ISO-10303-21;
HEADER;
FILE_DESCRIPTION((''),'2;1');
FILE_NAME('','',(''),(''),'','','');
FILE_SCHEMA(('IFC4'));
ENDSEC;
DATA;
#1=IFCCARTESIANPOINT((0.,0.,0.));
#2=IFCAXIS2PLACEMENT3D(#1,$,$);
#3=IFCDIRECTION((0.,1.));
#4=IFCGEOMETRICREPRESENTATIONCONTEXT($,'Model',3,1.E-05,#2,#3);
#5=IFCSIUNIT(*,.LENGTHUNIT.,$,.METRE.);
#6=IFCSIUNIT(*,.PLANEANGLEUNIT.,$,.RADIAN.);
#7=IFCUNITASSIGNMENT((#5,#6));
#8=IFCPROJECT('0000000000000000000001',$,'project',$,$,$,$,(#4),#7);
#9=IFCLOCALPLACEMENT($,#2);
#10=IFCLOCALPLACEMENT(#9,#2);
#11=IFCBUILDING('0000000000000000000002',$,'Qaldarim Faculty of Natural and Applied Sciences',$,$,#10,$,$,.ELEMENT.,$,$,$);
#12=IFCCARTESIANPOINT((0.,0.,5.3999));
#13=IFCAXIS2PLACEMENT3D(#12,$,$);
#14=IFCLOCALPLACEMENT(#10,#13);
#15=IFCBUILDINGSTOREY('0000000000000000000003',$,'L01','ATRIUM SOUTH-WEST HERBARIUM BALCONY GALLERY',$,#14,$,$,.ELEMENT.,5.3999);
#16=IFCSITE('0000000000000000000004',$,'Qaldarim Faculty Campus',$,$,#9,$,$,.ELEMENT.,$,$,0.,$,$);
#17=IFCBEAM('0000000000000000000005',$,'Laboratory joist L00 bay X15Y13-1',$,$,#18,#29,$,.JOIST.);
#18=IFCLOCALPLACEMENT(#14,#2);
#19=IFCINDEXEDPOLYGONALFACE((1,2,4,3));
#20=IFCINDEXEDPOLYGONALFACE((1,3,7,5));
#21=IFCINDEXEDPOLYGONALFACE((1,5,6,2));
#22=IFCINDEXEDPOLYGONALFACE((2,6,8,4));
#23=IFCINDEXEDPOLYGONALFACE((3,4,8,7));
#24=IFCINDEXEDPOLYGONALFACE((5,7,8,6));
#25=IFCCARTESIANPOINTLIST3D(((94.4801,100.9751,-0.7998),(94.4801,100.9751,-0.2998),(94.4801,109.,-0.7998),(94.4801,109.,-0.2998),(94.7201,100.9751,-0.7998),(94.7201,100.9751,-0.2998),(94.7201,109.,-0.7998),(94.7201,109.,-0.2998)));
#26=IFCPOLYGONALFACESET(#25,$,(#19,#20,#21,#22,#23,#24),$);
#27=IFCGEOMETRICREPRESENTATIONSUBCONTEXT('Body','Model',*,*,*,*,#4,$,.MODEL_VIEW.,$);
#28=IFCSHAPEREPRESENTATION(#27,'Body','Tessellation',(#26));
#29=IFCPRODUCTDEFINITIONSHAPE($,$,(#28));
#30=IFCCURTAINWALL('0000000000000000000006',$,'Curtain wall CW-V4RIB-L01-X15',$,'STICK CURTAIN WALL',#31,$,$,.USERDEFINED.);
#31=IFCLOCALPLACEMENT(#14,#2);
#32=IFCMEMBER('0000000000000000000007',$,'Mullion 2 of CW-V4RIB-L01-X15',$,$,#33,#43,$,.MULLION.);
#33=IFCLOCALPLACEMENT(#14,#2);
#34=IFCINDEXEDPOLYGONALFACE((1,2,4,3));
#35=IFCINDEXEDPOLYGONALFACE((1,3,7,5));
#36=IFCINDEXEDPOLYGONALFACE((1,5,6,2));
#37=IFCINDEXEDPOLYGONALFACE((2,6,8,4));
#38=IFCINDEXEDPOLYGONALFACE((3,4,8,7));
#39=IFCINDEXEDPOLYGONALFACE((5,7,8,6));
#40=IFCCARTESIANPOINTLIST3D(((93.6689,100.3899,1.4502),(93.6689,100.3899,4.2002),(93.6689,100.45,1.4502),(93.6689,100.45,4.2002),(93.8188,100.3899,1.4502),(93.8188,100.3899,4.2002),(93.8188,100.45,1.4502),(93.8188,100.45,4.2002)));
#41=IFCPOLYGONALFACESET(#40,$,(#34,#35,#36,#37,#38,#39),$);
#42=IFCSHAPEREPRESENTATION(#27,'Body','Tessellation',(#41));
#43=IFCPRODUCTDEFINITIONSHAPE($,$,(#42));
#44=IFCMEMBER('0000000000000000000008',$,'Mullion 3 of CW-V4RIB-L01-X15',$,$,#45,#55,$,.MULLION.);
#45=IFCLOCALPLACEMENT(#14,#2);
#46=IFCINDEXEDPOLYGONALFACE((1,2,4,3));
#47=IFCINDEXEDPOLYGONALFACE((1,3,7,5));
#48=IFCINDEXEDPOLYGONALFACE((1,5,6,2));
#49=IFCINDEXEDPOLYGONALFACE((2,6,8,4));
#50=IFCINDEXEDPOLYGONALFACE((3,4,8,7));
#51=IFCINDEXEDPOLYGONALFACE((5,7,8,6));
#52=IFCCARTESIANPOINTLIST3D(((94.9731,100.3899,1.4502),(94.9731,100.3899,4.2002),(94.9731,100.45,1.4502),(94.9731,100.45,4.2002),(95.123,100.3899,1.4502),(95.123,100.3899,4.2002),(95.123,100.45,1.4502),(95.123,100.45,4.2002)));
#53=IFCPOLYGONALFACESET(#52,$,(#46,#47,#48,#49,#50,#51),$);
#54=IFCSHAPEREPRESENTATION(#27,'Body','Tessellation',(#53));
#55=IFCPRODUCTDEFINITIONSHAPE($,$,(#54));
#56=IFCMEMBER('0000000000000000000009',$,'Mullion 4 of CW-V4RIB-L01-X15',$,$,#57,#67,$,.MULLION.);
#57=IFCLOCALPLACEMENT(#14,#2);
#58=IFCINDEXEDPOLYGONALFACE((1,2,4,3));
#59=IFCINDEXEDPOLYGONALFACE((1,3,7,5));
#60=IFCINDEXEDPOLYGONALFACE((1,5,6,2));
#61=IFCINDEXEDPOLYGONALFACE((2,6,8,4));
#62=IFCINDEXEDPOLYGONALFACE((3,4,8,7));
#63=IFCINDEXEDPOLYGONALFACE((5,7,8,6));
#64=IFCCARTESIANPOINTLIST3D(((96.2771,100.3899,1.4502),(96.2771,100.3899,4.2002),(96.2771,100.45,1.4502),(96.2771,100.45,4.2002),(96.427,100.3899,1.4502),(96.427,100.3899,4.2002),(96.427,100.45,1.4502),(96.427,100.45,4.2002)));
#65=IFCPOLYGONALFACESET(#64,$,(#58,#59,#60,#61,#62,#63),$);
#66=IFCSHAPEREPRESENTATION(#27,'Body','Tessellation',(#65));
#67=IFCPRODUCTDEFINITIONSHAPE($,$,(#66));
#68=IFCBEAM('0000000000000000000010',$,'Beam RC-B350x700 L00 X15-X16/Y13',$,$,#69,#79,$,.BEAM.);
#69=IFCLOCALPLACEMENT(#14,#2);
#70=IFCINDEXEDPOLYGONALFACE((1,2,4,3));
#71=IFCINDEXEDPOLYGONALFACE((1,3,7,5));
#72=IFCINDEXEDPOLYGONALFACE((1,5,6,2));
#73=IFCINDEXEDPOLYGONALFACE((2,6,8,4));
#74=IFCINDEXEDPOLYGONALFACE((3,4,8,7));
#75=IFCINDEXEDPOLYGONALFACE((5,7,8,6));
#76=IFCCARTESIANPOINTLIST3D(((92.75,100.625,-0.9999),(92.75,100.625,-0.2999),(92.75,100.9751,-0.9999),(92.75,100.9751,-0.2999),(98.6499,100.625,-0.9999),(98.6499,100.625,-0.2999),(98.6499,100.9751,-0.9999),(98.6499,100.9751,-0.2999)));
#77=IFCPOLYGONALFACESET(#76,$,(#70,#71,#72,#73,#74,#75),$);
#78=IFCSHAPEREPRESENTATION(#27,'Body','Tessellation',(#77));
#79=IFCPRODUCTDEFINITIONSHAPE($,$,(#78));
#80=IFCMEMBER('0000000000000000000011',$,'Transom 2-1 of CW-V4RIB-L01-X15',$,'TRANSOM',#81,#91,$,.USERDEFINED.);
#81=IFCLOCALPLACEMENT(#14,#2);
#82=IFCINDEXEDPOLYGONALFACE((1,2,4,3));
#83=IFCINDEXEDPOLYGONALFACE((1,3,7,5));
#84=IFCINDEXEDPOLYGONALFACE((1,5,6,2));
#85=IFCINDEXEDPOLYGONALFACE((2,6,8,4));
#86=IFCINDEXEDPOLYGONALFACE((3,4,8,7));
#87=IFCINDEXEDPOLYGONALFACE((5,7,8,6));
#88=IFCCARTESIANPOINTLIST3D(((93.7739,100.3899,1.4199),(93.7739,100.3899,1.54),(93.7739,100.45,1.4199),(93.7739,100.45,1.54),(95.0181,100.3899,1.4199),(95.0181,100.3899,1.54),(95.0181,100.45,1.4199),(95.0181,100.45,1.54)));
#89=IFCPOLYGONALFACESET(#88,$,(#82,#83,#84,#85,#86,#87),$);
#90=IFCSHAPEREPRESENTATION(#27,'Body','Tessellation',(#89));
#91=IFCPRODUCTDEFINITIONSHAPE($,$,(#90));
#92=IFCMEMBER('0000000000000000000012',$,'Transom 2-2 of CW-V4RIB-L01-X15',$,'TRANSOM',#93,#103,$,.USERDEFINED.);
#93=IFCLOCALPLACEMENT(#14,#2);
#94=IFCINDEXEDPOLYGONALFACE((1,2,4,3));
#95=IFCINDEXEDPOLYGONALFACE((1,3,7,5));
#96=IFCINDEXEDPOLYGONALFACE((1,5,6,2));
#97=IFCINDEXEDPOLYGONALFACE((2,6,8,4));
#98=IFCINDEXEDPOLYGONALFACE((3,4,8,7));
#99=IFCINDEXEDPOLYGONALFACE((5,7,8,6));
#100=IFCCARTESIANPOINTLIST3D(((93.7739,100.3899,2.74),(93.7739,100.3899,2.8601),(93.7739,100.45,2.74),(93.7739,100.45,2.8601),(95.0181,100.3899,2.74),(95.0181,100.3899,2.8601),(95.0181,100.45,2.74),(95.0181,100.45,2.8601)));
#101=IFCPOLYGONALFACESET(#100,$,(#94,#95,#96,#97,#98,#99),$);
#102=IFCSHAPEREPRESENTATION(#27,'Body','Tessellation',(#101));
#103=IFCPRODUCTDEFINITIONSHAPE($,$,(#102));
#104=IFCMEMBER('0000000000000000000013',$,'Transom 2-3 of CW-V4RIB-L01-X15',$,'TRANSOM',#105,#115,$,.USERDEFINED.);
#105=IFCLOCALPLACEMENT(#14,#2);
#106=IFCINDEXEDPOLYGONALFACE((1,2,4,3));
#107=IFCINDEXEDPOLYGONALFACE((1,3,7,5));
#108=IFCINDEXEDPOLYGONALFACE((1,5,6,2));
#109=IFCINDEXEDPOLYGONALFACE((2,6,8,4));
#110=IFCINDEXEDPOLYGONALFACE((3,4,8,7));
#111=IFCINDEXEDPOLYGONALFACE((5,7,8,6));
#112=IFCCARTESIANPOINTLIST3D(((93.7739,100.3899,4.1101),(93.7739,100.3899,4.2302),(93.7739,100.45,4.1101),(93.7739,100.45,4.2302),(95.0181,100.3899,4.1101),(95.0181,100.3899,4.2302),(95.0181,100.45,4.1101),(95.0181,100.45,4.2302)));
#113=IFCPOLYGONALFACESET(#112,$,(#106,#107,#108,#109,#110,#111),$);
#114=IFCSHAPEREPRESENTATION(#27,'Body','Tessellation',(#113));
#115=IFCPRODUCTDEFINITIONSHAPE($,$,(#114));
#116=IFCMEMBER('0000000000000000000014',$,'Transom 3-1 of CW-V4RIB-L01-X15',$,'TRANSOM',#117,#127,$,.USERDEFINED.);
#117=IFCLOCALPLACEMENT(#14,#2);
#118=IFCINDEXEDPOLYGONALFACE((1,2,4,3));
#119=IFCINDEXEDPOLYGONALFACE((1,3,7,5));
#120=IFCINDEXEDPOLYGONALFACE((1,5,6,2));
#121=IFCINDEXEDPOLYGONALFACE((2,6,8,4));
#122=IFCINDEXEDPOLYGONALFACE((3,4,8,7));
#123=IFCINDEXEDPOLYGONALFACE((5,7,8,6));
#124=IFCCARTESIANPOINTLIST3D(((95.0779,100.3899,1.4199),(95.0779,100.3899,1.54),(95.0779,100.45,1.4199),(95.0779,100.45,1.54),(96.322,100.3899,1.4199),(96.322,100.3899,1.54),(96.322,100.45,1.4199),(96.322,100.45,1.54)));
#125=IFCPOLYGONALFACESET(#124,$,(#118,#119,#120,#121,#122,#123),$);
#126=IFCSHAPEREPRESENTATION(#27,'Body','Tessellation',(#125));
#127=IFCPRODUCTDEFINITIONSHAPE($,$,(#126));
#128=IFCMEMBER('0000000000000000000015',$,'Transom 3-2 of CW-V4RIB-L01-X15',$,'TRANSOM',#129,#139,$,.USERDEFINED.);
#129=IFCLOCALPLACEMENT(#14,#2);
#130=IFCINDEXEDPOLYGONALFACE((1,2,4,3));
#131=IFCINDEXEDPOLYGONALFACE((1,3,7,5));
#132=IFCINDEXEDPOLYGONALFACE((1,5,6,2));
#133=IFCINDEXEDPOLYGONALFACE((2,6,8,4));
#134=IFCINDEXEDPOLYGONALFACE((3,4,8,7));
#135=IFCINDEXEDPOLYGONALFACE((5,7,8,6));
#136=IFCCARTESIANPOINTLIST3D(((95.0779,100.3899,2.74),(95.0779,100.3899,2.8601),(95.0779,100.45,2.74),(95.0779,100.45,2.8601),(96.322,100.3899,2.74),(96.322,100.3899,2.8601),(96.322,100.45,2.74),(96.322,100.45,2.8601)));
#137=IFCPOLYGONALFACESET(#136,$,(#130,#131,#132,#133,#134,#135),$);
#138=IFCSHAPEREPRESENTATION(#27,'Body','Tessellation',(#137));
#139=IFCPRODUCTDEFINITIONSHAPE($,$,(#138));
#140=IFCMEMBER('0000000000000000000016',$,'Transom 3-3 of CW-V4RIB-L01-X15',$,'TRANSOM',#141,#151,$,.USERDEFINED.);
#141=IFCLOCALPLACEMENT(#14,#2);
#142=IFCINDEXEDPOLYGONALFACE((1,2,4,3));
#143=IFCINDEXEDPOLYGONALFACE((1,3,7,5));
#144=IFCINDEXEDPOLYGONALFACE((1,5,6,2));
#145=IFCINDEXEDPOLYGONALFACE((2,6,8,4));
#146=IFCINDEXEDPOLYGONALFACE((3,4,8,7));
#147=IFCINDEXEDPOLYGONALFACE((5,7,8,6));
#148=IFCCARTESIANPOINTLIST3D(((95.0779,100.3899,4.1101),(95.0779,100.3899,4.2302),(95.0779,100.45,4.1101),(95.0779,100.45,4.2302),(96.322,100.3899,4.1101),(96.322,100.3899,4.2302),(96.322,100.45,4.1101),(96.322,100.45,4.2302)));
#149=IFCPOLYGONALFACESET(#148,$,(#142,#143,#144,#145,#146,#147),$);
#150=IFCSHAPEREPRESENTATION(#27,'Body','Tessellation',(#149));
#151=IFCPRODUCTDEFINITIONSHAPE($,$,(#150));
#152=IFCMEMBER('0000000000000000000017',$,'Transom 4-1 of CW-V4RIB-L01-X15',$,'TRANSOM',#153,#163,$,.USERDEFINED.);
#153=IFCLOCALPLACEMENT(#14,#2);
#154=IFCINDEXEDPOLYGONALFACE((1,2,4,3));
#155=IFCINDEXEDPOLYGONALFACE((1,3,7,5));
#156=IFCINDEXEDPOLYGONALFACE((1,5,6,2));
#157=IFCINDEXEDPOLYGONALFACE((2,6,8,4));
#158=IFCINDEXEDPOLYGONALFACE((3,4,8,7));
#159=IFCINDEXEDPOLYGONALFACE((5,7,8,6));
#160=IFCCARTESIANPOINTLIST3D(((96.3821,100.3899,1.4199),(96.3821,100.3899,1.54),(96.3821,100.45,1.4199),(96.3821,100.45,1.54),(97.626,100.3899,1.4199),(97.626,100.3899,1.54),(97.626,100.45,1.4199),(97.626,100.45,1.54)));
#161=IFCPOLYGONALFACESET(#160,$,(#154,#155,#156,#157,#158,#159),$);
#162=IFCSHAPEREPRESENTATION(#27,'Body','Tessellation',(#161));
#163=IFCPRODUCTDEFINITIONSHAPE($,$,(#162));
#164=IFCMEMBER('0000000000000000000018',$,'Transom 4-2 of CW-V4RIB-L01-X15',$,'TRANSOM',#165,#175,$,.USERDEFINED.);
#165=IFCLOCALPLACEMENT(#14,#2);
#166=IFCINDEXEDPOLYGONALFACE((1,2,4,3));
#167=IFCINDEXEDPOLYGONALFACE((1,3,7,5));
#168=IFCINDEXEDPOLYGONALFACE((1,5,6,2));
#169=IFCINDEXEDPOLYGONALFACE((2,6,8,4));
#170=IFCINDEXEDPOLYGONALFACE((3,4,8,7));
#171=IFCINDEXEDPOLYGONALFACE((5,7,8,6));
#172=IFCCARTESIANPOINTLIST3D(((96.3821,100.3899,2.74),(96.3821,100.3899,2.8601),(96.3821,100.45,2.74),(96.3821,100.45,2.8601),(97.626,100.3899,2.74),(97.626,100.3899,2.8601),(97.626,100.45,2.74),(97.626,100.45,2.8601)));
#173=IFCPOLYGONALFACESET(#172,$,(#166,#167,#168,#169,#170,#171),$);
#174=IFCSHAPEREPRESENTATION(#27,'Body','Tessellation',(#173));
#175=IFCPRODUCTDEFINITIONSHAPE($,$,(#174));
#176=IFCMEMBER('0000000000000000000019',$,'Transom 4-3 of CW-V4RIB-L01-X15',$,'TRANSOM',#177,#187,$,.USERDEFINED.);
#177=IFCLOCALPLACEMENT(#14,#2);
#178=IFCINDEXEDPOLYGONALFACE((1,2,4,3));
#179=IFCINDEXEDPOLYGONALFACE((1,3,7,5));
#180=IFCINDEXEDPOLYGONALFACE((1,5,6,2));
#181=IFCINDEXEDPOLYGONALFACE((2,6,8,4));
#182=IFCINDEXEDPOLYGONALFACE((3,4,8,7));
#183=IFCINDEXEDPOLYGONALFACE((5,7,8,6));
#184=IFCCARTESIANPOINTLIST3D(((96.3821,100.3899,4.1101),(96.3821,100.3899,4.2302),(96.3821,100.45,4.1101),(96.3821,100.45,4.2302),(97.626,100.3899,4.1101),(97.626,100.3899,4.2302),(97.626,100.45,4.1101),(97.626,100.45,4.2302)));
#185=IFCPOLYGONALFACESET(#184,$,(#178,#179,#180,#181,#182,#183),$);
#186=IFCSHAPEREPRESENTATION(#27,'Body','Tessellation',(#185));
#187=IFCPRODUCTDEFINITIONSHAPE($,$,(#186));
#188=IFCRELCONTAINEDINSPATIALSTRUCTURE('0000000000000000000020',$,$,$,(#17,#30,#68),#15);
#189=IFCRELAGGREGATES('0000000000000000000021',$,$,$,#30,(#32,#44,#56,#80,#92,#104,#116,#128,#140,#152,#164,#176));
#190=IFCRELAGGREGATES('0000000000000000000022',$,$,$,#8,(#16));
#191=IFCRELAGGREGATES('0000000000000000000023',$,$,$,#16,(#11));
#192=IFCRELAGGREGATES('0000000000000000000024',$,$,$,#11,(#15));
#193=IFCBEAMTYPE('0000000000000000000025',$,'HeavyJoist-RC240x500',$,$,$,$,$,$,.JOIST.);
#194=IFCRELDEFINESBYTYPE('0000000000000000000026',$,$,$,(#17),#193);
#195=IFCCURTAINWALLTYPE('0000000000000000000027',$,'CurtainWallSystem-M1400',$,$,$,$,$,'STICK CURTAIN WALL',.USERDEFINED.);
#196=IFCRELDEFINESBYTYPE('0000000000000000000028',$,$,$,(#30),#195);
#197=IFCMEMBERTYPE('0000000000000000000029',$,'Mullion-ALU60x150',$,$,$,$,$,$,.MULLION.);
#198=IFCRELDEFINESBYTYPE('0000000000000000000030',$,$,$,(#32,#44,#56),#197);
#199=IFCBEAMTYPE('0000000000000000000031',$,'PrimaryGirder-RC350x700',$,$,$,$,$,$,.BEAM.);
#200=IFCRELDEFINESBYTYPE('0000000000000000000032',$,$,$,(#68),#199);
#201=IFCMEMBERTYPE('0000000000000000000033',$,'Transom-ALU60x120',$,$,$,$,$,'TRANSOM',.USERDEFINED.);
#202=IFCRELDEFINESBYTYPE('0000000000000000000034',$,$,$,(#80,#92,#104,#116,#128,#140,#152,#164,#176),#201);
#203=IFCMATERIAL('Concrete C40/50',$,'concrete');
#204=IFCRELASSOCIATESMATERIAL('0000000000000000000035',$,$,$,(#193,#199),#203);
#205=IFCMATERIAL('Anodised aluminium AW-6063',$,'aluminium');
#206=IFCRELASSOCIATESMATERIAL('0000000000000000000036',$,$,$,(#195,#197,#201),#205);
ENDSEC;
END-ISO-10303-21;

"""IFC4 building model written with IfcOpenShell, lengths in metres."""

from ifc_helpers import new_model, si_unit, direction, frame, origin, origin_2d, place, context, subcontext, project, spatial, rectangle, extrude, material, material_profile, profile_set, type_object, element, aggregate, save


model = new_model("IFC4")

# Units and contexts
model_context = context("Model", 3, precision=1e-05, world=origin(), true_north=direction((0.0, 1.0)))
body_context = subcontext(model_context, "Body", "Model", "MODEL_VIEW")
ifc_project = project(units=[si_unit("LENGTHUNIT", "METRE"), si_unit("PLANEANGLEUNIT", "RADIAN")], contexts=[model_context])

# Site, building, storey
site_placement = place(None, origin())
site = spatial("IfcSite", under=ifc_project, at=site_placement, Name="Qaldarim Faculty Campus", CompositionType="ELEMENT", RefElevation=0.0)
building_placement = place(site_placement, origin())
building = spatial("IfcBuilding", under=site, at=building_placement, Name="Qaldarim Faculty of Natural and Applied Sciences", CompositionType="ELEMENT")
storey_placement = place(building_placement, frame((0.0, 0.0, 5.3999)))
storey = spatial("IfcBuildingStorey", under=building, at=storey_placement, Name="L01", Description="ATRIUM SOUTH-WEST HERBARIUM BALCONY GALLERY", CompositionType="ELEMENT", Elevation=5.3999)

# Beam
ifc_material_1 = material(Name="Concrete C40/50", Category="concrete")
ifc_material_profile_1 = material_profile(ifc_material_1, rectangle(XDim=0.24, YDim=0.5, at=origin_2d()), Name="RC-J240x500")
ifc_profile_set_1 = profile_set([ifc_material_profile_1], Name="Concrete C40/50")
beam_type_1 = type_object("IfcBeamType", Name="HeavyJoist-RC240x500", PredefinedType="JOIST", material=ifc_profile_set_1)
beam_1_placement = place(storey_placement, frame((94.6001, 100.9751, -0.5498), z_axis=(0.0, 1.0, 0.0), x_axis=(-1.0, 0.0, 0.0)))
element("IfcBeam", 1, at=beam_1_placement, inside=storey, type_object=beam_type_1, Name="Laboratory joist L00 bay X15Y13-1", PredefinedType="JOIST", context=body_context, shape_type="SweptSolid", body=[
    extrude(rectangle(XDim=0.24, YDim=0.5, at=origin_2d()), origin(), (0.0, 0.0, 1.0), 8.0249),
])

# Curtain wall, members
ifc_material_2 = material(Name="Anodised aluminium AW-6063", Category="aluminium")
curtain_wall_type = type_object("IfcCurtainWallType", Name="CurtainWallSystem-M1400", ElementType="STICK CURTAIN WALL", PredefinedType="USERDEFINED", material=ifc_material_2)
curtain_wall_placement = place(storey_placement, origin())
curtain_wall = element("IfcCurtainWall", 2, at=curtain_wall_placement, inside=storey, type_object=curtain_wall_type, Name="Curtain wall CW-V4RIB-L01-X15", ObjectType="STICK CURTAIN WALL", PredefinedType="USERDEFINED")
ifc_material_profile_2 = material_profile(ifc_material_2, rectangle(XDim=0.0601, YDim=0.1499, at=origin_2d()), Name="ALU-M60x150")
ifc_profile_set_2 = profile_set([ifc_material_profile_2], Name="Anodised aluminium AW-6063")
member_type_1 = type_object("IfcMemberType", Name="Mullion-ALU60x150", PredefinedType="MULLION", material=ifc_profile_set_2)
member_1_placement = place(storey_placement, frame((93.7439, 100.4199, 1.4502), z_axis=(0.0, 0.0, 1.0), x_axis=(0.0, 1.0, 0.0)))
member_1 = element("IfcMember", 3, at=member_1_placement, type_object=member_type_1, Name="Mullion 2 of CW-V4RIB-L01-X15", PredefinedType="MULLION", context=body_context, shape_type="SweptSolid", body=[
    extrude(rectangle(XDim=0.0601, YDim=0.1499, at=origin_2d()), origin(), (0.0, 0.0, 1.0), 2.75),
])
member_2_placement = place(storey_placement, frame((95.0481, 100.4199, 1.4502), z_axis=(0.0, 0.0, 1.0), x_axis=(0.0, 1.0, 0.0)))
member_2 = element("IfcMember", 4, at=member_2_placement, type_object=member_type_1, Name="Mullion 3 of CW-V4RIB-L01-X15", PredefinedType="MULLION", context=body_context, shape_type="SweptSolid", body=[
    extrude(rectangle(XDim=0.0601, YDim=0.1499, at=origin_2d()), origin(), (0.0, 0.0, 1.0), 2.75),
])
member_3_placement = place(storey_placement, frame((96.3521, 100.4199, 1.4502), z_axis=(0.0, 0.0, 1.0), x_axis=(0.0, 1.0, 0.0)))
member_3 = element("IfcMember", 5, at=member_3_placement, type_object=member_type_1, Name="Mullion 4 of CW-V4RIB-L01-X15", PredefinedType="MULLION", context=body_context, shape_type="SweptSolid", body=[
    extrude(rectangle(XDim=0.0601, YDim=0.1499, at=origin_2d()), origin(), (0.0, 0.0, 1.0), 2.75),
])

# Beam
ifc_material_profile_3 = material_profile(ifc_material_1, rectangle(XDim=0.3501, YDim=0.7, at=origin_2d()), Name="RC-B350x700")
ifc_profile_set_3 = profile_set([ifc_material_profile_3], Name="Concrete C40/50")
beam_type_2 = type_object("IfcBeamType", Name="PrimaryGirder-RC350x700", PredefinedType="BEAM", material=ifc_profile_set_3)
beam_2_placement = place(storey_placement, frame((92.75, 100.8, -0.6499), z_axis=(1.0, 0.0, 0.0), x_axis=(0.0, 1.0, 0.0)))
element("IfcBeam", 6, at=beam_2_placement, inside=storey, type_object=beam_type_2, Name="Beam RC-B350x700 L00 X15-X16/Y13", PredefinedType="BEAM", context=body_context, shape_type="SweptSolid", body=[
    extrude(rectangle(XDim=0.3501, YDim=0.7, at=origin_2d()), origin(), (0.0, 0.0, 1.0), 5.8999),
])

# Members
ifc_material_profile_4 = material_profile(ifc_material_2, rectangle(XDim=0.0601, YDim=0.1201, at=origin_2d()), Name="ALU-T60x120")
ifc_profile_set_4 = profile_set([ifc_material_profile_4], Name="Anodised aluminium AW-6063")
member_type_2 = type_object("IfcMemberType", Name="Transom-ALU60x120", ElementType="TRANSOM", PredefinedType="USERDEFINED", material=ifc_profile_set_4)
member_4_placement = place(storey_placement, frame((93.7739, 100.4199, 1.48), z_axis=(1.0, 0.0, 0.0), x_axis=(0.0, 1.0, 0.0)))
member_4 = element("IfcMember", 7, at=member_4_placement, type_object=member_type_2, Name="Transom 2-1 of CW-V4RIB-L01-X15", ObjectType="TRANSOM", PredefinedType="USERDEFINED", context=body_context, shape_type="SweptSolid", body=[
    extrude(rectangle(XDim=0.0601, YDim=0.1201, at=origin_2d()), origin(), (0.0, 0.0, 1.0), 1.2441),
])
member_5_placement = place(storey_placement, frame((93.7739, 100.4199, 2.8), z_axis=(1.0, 0.0, 0.0), x_axis=(0.0, 1.0, 0.0)))
member_5 = element("IfcMember", 8, at=member_5_placement, type_object=member_type_2, Name="Transom 2-2 of CW-V4RIB-L01-X15", ObjectType="TRANSOM", PredefinedType="USERDEFINED", context=body_context, shape_type="SweptSolid", body=[
    extrude(rectangle(XDim=0.0601, YDim=0.1201, at=origin_2d()), origin(), (0.0, 0.0, 1.0), 1.2441),
])
member_6_placement = place(storey_placement, frame((93.7739, 100.4199, 4.1702), z_axis=(1.0, 0.0, 0.0), x_axis=(0.0, 1.0, 0.0)))
member_6 = element("IfcMember", 9, at=member_6_placement, type_object=member_type_2, Name="Transom 2-3 of CW-V4RIB-L01-X15", ObjectType="TRANSOM", PredefinedType="USERDEFINED", context=body_context, shape_type="SweptSolid", body=[
    extrude(rectangle(XDim=0.0601, YDim=0.1201, at=origin_2d()), origin(), (0.0, 0.0, 1.0), 1.2441),
])
member_7_placement = place(storey_placement, frame((95.0779, 100.4199, 1.48), z_axis=(1.0, 0.0, 0.0), x_axis=(0.0, 1.0, 0.0)))
member_7 = element("IfcMember", 10, at=member_7_placement, type_object=member_type_2, Name="Transom 3-1 of CW-V4RIB-L01-X15", ObjectType="TRANSOM", PredefinedType="USERDEFINED", context=body_context, shape_type="SweptSolid", body=[
    extrude(rectangle(XDim=0.0601, YDim=0.1201, at=origin_2d()), origin(), (0.0, 0.0, 1.0), 1.2441),
])
member_8_placement = place(storey_placement, frame((95.0779, 100.4199, 2.8), z_axis=(1.0, 0.0, 0.0), x_axis=(0.0, 1.0, 0.0)))
member_8 = element("IfcMember", 11, at=member_8_placement, type_object=member_type_2, Name="Transom 3-2 of CW-V4RIB-L01-X15", ObjectType="TRANSOM", PredefinedType="USERDEFINED", context=body_context, shape_type="SweptSolid", body=[
    extrude(rectangle(XDim=0.0601, YDim=0.1201, at=origin_2d()), origin(), (0.0, 0.0, 1.0), 1.2441),
])
member_9_placement = place(storey_placement, frame((95.0779, 100.4199, 4.1702), z_axis=(1.0, 0.0, 0.0), x_axis=(0.0, 1.0, 0.0)))
member_9 = element("IfcMember", 12, at=member_9_placement, type_object=member_type_2, Name="Transom 3-3 of CW-V4RIB-L01-X15", ObjectType="TRANSOM", PredefinedType="USERDEFINED", context=body_context, shape_type="SweptSolid", body=[
    extrude(rectangle(XDim=0.0601, YDim=0.1201, at=origin_2d()), origin(), (0.0, 0.0, 1.0), 1.2441),
])
member_10_placement = place(storey_placement, frame((96.3821, 100.4199, 1.48), z_axis=(1.0, 0.0, 0.0), x_axis=(0.0, 1.0, 0.0)))
member_10 = element("IfcMember", 13, at=member_10_placement, type_object=member_type_2, Name="Transom 4-1 of CW-V4RIB-L01-X15", ObjectType="TRANSOM", PredefinedType="USERDEFINED", context=body_context, shape_type="SweptSolid", body=[
    extrude(rectangle(XDim=0.0601, YDim=0.1201, at=origin_2d()), origin(), (0.0, 0.0, 1.0), 1.2439),
])
member_11_placement = place(storey_placement, frame((96.3821, 100.4199, 2.8), z_axis=(1.0, 0.0, 0.0), x_axis=(0.0, 1.0, 0.0)))
member_11 = element("IfcMember", 14, at=member_11_placement, type_object=member_type_2, Name="Transom 4-2 of CW-V4RIB-L01-X15", ObjectType="TRANSOM", PredefinedType="USERDEFINED", context=body_context, shape_type="SweptSolid", body=[
    extrude(rectangle(XDim=0.0601, YDim=0.1201, at=origin_2d()), origin(), (0.0, 0.0, 1.0), 1.2439),
])
member_12_placement = place(storey_placement, frame((96.3821, 100.4199, 4.1702), z_axis=(1.0, 0.0, 0.0), x_axis=(0.0, 1.0, 0.0)))
member_12 = element("IfcMember", 15, at=member_12_placement, type_object=member_type_2, Name="Transom 4-3 of CW-V4RIB-L01-X15", ObjectType="TRANSOM", PredefinedType="USERDEFINED", context=body_context, shape_type="SweptSolid", body=[
    extrude(rectangle(XDim=0.0601, YDim=0.1201, at=origin_2d()), origin(), (0.0, 0.0, 1.0), 1.2439),
])

aggregate(curtain_wall, [member_1, member_2, member_3, member_4, member_5, member_6, member_7, member_8, member_9, member_10, member_11, member_12])

save(model, "model.ifc")
